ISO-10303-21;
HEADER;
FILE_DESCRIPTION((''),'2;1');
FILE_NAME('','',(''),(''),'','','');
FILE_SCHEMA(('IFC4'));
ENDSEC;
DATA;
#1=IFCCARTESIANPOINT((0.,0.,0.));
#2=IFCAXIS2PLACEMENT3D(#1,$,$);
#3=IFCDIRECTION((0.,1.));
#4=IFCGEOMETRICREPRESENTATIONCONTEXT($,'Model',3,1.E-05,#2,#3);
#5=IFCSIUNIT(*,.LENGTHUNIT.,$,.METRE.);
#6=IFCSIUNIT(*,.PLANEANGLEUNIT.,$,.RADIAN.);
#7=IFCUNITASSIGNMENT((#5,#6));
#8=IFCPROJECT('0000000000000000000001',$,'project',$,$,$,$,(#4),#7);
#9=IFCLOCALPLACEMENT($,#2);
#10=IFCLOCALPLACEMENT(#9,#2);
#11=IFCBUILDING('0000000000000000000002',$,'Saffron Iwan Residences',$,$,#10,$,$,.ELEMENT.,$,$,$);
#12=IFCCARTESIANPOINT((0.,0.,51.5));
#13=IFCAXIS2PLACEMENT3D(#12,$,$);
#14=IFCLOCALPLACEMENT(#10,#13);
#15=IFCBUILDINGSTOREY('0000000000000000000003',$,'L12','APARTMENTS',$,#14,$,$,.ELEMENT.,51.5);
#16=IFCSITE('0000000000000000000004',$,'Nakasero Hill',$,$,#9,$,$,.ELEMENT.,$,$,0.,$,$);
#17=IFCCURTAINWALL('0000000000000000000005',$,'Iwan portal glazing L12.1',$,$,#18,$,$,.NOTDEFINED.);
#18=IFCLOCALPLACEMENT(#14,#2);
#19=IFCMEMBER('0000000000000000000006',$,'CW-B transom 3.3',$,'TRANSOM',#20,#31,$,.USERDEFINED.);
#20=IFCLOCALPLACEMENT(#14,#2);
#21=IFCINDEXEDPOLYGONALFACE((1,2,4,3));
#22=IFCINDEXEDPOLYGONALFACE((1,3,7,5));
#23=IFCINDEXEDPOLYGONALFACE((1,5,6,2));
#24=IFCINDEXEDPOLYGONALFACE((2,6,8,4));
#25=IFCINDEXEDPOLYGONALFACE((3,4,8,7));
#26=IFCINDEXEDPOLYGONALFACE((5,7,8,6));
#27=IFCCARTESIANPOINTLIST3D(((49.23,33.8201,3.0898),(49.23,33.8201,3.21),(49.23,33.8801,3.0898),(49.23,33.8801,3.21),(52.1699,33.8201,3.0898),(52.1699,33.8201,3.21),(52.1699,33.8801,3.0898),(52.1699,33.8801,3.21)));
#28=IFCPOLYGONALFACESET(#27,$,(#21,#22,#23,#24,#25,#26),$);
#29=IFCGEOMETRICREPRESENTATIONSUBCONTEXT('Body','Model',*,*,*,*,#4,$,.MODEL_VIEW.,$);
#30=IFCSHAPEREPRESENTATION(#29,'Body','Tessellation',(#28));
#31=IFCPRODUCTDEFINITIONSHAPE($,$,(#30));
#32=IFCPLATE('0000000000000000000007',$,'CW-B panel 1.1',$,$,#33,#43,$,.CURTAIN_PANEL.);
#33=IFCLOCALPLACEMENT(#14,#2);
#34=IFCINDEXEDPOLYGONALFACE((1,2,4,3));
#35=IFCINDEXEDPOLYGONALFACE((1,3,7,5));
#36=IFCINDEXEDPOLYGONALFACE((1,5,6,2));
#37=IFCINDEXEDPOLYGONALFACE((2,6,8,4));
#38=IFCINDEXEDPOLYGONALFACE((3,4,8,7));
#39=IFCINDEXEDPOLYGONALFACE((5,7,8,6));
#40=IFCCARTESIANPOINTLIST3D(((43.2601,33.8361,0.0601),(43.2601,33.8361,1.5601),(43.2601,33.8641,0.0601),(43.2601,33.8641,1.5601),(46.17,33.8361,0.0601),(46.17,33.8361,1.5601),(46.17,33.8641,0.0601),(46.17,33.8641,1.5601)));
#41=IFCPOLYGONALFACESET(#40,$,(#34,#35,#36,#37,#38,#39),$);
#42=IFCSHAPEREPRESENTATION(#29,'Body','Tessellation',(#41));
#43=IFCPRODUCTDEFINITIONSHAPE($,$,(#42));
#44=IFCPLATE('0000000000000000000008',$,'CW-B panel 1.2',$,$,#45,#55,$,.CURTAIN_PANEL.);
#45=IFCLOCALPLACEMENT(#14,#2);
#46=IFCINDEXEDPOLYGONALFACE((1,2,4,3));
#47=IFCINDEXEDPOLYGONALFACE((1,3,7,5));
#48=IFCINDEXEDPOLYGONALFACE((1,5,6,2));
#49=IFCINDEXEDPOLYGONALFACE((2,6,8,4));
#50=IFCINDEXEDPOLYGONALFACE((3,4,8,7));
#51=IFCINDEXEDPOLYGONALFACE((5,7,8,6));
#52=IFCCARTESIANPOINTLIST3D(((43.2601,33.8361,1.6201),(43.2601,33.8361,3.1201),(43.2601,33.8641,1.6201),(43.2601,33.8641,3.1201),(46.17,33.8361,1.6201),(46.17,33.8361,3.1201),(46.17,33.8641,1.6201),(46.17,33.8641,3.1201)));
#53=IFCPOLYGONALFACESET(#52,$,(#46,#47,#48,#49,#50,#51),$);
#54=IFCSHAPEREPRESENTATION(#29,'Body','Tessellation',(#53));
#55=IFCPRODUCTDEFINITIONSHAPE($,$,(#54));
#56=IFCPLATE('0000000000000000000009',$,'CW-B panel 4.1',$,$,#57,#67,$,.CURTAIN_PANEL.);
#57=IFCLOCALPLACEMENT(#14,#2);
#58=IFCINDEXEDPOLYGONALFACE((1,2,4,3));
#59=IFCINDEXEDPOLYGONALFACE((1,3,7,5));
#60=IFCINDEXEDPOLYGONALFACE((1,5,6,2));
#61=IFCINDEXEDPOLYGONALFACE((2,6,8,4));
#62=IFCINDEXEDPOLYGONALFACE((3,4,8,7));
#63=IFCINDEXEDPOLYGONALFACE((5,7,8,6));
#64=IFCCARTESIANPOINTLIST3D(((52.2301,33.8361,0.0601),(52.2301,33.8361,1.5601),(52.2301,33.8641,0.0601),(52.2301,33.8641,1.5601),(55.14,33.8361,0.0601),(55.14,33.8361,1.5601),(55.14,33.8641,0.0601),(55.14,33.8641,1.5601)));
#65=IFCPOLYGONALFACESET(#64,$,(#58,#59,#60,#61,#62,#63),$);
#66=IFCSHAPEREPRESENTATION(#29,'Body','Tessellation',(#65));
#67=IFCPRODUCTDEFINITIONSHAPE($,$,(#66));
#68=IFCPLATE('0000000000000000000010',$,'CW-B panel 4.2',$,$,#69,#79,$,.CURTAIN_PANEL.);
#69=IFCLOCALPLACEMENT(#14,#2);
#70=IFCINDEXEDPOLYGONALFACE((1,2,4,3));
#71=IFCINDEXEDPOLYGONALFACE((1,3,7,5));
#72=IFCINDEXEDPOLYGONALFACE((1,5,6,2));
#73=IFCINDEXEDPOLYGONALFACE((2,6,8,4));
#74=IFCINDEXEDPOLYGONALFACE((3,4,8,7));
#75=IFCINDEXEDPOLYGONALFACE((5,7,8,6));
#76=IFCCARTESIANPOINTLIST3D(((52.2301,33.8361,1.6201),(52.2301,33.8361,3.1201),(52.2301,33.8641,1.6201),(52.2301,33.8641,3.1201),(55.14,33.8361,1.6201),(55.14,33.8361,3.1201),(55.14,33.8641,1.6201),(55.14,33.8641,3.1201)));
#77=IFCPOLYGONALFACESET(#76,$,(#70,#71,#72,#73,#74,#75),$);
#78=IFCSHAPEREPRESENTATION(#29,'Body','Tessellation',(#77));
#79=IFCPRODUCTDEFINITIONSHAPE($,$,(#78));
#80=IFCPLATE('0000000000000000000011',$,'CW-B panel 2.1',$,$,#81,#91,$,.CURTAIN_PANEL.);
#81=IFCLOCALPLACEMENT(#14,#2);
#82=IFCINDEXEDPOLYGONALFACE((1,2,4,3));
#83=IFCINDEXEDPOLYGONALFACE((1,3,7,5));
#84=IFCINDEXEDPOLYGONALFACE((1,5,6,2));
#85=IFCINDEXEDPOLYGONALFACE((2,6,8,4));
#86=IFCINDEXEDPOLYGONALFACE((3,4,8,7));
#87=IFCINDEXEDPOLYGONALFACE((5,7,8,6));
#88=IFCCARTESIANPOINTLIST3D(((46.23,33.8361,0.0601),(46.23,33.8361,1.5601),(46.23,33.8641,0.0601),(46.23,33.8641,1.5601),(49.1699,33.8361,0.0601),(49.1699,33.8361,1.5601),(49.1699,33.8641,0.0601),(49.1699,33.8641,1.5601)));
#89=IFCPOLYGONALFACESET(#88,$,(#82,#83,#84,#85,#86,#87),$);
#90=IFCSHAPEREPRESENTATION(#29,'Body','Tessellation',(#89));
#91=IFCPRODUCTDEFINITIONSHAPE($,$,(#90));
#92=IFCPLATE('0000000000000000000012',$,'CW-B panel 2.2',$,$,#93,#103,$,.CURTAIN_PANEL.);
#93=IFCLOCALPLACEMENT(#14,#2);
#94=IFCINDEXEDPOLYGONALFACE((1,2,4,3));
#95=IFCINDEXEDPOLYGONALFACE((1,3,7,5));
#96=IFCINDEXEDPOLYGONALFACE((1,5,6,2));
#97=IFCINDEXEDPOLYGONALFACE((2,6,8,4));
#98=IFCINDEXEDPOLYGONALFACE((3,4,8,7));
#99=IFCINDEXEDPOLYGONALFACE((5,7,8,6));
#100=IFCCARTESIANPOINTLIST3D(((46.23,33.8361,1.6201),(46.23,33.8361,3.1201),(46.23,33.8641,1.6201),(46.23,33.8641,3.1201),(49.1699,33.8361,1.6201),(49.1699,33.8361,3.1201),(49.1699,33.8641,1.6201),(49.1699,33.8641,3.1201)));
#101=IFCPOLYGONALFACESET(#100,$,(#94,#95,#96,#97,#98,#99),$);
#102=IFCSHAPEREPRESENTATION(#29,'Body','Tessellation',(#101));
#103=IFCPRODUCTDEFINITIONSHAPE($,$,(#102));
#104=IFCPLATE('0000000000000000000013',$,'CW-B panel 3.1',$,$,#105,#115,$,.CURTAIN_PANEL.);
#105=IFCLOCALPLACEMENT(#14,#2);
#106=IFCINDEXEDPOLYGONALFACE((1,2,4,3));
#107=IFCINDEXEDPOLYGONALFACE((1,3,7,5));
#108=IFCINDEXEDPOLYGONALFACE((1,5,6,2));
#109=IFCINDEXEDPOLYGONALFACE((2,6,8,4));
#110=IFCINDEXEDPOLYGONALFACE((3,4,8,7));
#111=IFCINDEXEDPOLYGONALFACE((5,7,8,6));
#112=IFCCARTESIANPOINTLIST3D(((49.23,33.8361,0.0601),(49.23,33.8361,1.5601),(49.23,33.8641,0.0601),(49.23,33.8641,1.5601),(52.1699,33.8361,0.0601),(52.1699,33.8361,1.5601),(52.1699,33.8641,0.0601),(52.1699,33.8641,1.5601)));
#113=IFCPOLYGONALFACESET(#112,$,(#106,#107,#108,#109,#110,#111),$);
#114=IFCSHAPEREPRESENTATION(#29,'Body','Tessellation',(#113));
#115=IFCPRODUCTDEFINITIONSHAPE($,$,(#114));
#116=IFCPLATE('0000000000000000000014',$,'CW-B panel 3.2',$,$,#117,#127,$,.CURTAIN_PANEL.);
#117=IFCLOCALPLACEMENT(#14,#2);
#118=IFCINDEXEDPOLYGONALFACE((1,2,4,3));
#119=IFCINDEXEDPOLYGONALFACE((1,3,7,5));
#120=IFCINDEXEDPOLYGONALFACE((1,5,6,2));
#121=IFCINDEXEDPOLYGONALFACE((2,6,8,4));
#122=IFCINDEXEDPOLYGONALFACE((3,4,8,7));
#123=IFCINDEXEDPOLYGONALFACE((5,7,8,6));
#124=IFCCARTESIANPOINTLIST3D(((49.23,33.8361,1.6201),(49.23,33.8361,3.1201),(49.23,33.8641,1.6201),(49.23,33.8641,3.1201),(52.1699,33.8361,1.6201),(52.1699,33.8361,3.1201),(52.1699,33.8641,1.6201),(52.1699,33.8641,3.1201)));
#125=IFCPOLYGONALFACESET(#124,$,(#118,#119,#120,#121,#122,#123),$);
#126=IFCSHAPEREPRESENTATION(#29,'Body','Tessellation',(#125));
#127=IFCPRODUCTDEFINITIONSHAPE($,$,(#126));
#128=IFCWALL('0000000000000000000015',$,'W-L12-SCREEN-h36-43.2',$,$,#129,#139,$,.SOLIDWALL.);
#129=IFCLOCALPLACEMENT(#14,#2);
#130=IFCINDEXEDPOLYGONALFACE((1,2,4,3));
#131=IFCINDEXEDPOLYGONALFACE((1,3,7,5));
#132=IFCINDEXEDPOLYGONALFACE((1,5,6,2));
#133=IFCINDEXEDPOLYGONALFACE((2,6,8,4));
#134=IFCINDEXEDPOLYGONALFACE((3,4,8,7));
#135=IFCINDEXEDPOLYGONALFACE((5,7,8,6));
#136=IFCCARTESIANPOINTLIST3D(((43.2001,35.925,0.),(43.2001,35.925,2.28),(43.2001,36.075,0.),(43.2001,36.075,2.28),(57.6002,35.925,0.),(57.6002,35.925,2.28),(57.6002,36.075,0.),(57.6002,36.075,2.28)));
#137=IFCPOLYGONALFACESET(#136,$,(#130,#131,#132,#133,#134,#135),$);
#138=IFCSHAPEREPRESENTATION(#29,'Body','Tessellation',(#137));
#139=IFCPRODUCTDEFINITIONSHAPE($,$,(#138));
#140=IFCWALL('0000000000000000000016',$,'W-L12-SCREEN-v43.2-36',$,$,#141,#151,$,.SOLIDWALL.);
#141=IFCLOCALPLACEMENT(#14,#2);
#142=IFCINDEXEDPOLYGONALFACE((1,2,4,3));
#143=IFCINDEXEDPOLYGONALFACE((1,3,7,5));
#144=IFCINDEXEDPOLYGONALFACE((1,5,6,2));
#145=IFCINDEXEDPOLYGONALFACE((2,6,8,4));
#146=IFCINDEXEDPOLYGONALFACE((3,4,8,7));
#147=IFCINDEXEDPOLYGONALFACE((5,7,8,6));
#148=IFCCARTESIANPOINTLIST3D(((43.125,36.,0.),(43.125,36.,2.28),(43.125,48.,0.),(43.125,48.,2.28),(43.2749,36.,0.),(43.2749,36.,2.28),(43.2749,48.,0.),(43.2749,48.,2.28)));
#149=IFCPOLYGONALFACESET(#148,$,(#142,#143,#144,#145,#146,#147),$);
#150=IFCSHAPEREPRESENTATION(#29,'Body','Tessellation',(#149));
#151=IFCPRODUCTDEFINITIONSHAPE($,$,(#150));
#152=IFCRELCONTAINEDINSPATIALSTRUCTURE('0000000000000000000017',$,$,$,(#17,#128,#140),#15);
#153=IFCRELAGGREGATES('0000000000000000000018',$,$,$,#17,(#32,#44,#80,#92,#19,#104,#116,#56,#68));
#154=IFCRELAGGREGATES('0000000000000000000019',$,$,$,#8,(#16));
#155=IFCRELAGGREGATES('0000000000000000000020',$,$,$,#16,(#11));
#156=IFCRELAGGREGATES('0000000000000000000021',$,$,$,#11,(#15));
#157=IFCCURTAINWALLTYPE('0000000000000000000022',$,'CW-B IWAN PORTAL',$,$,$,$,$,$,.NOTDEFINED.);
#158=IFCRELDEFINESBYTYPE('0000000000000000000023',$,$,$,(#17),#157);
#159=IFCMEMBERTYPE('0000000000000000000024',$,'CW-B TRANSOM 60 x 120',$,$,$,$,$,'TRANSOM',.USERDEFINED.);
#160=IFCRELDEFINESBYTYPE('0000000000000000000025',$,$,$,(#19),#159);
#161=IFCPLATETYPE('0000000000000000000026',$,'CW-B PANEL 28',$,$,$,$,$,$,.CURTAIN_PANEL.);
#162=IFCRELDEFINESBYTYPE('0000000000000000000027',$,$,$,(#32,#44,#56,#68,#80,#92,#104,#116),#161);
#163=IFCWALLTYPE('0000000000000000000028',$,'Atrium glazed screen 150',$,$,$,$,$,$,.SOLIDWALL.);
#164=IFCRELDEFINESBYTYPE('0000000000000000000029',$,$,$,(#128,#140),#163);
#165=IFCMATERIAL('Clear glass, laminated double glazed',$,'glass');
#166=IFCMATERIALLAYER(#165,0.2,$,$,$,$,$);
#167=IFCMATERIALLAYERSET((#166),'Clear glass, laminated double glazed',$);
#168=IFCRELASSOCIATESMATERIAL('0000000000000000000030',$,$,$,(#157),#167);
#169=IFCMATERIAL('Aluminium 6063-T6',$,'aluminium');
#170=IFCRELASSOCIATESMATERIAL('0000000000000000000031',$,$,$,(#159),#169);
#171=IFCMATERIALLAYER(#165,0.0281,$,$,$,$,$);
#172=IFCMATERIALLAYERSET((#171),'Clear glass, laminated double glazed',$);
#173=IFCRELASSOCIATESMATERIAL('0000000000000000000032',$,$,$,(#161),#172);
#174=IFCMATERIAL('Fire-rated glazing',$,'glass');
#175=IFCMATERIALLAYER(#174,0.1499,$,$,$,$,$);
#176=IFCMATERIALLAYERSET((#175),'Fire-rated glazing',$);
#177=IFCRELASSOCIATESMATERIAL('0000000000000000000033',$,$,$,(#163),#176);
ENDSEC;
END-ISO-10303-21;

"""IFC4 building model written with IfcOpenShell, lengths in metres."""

from ifc_helpers import new_model, si_unit, direction, frame, frame_2d, origin, origin_2d, place, context, subcontext, project, spatial, rectangle, extrude, source, transform, mapped, material, layer, layer_set, material_profile, profile_set, type_object, element, aggregate, save


model = new_model("IFC4")

# Units and contexts
model_context = context("Model", 3, precision=1e-05, world=origin(), true_north=direction((0.0, 1.0)))
body_context = subcontext(model_context, "Body", "Model", "MODEL_VIEW")
ifc_project = project(units=[si_unit("LENGTHUNIT", "METRE"), si_unit("PLANEANGLEUNIT", "RADIAN")], contexts=[model_context])

# Site, building, storey
site_placement = place(None, origin())
site = spatial("IfcSite", under=ifc_project, at=site_placement, Name="Nakasero Hill", CompositionType="ELEMENT", RefElevation=0.0)
building_placement = place(site_placement, origin())
building = spatial("IfcBuilding", under=site, at=building_placement, Name="Saffron Iwan Residences", CompositionType="ELEMENT")
storey_placement = place(building_placement, frame((0.0, 0.0, 51.5)))
storey = spatial("IfcBuildingStorey", under=building, at=storey_placement, Name="L12", Description="APARTMENTS", CompositionType="ELEMENT", Elevation=51.5)

# Curtain wall, member, plates
ifc_material_1 = material(Name="Clear glass, laminated double glazed", Category="glass")
ifc_layer_1 = layer(ifc_material_1, 0.2)
ifc_layer_set_1 = layer_set([ifc_layer_1], Name="Clear glass, laminated double glazed")
curtain_wall_type = type_object("IfcCurtainWallType", Name="CW-B IWAN PORTAL", PredefinedType="NOTDEFINED", material=ifc_layer_set_1)
curtain_wall_placement = place(storey_placement, origin())
curtain_wall = element("IfcCurtainWall", 1, at=curtain_wall_placement, inside=storey, type_object=curtain_wall_type, Name="Iwan portal glazing L12.1", PredefinedType="NOTDEFINED")
ifc_material_2 = material(Name="Aluminium 6063-T6", Category="aluminium")
ifc_material_profile_1 = material_profile(ifc_material_2, rectangle(XDim=0.0601, YDim=0.1201, at=origin_2d()), Name="CW-B TRANSOM 60 x 120")
ifc_profile_set_1 = profile_set([ifc_material_profile_1], Name="Aluminium 6063-T6")
member_type_1 = type_object("IfcMemberType", Name="CW-B TRANSOM 60 x 120", ElementType="TRANSOM", PredefinedType="USERDEFINED", material=ifc_profile_set_1)
shared_shape_1 = source(origin(), body_context, "Body", "SweptSolid", [
    extrude(rectangle(XDim=0.0601, YDim=0.1201, at=origin_2d()), origin(), (0.0, 0.0, 1.0), 2.9399),
])
member_1_placement = place(storey_placement, frame((49.23, 33.8501, 3.1499), z_axis=(1.0, 0.0, 0.0), x_axis=(0.0, 1.0, 0.0)))
member_1 = element("IfcMember", 2, at=member_1_placement, type_object=member_type_1, Name="CW-B transom 3.3", ObjectType="TRANSOM", PredefinedType="USERDEFINED", context=body_context, shape_type="MappedRepresentation", body=[
    mapped(shared_shape_1, transform((0.0, 0.0, 0.0))),
])
ifc_layer_2 = layer(ifc_material_1, 0.0281)
ifc_layer_set_2 = layer_set([ifc_layer_2], Name="Clear glass, laminated double glazed")
plate_type = type_object("IfcPlateType", Name="CW-B PANEL 28", PredefinedType="CURTAIN_PANEL", material=ifc_layer_set_2)
shared_shape_2 = source(origin(), body_context, "Body", "SweptSolid", [
    extrude(rectangle(XDim=2.9099, YDim=0.0281, at=origin_2d()), origin(), (0.0, 0.0, 1.0), 1.5),
])
plate_1_placement = place(storey_placement, frame((44.7151, 33.8501, 0.0601), z_axis=(0.0, 0.0, 1.0), x_axis=(1.0, 0.0, 0.0)))
plate_1 = element("IfcPlate", 3, at=plate_1_placement, type_object=plate_type, Name="CW-B panel 1.1", PredefinedType="CURTAIN_PANEL", context=body_context, shape_type="MappedRepresentation", body=[
    mapped(shared_shape_2, transform((0.0, 0.0, 0.0))),
])
plate_2_placement = place(storey_placement, frame((44.7151, 33.8501, 1.6201), z_axis=(0.0, 0.0, 1.0), x_axis=(1.0, 0.0, 0.0)))
plate_2 = element("IfcPlate", 4, at=plate_2_placement, type_object=plate_type, Name="CW-B panel 1.2", PredefinedType="CURTAIN_PANEL", context=body_context, shape_type="MappedRepresentation", body=[
    mapped(shared_shape_2, transform((0.0, 0.0, 0.0))),
])
plate_3_placement = place(storey_placement, frame((53.6851, 33.8501, 0.0601), z_axis=(0.0, 0.0, 1.0), x_axis=(1.0, 0.0, 0.0)))
plate_3 = element("IfcPlate", 5, at=plate_3_placement, type_object=plate_type, Name="CW-B panel 4.1", PredefinedType="CURTAIN_PANEL", context=body_context, shape_type="MappedRepresentation", body=[
    mapped(shared_shape_2, transform((0.0, 0.0, 0.0))),
])
plate_4_placement = place(storey_placement, frame((53.6851, 33.8501, 1.6201), z_axis=(0.0, 0.0, 1.0), x_axis=(1.0, 0.0, 0.0)))
plate_4 = element("IfcPlate", 6, at=plate_4_placement, type_object=plate_type, Name="CW-B panel 4.2", PredefinedType="CURTAIN_PANEL", context=body_context, shape_type="MappedRepresentation", body=[
    mapped(shared_shape_2, transform((0.0, 0.0, 0.0))),
])
shared_shape_3 = source(origin(), body_context, "Body", "SweptSolid", [
    extrude(rectangle(XDim=2.9399, YDim=0.0281, at=origin_2d()), origin(), (0.0, 0.0, 1.0), 1.5),
])
plate_5_placement = place(storey_placement, frame((47.7, 33.8501, 0.0601), z_axis=(0.0, 0.0, 1.0), x_axis=(1.0, 0.0, 0.0)))
plate_5 = element("IfcPlate", 7, at=plate_5_placement, type_object=plate_type, Name="CW-B panel 2.1", PredefinedType="CURTAIN_PANEL", context=body_context, shape_type="MappedRepresentation", body=[
    mapped(shared_shape_3, transform((0.0, 0.0, 0.0))),
])
plate_6_placement = place(storey_placement, frame((47.7, 33.8501, 1.6201), z_axis=(0.0, 0.0, 1.0), x_axis=(1.0, 0.0, 0.0)))
plate_6 = element("IfcPlate", 8, at=plate_6_placement, type_object=plate_type, Name="CW-B panel 2.2", PredefinedType="CURTAIN_PANEL", context=body_context, shape_type="MappedRepresentation", body=[
    mapped(shared_shape_3, transform((0.0, 0.0, 0.0))),
])
plate_7_placement = place(storey_placement, frame((50.7, 33.8501, 0.0601), z_axis=(0.0, 0.0, 1.0), x_axis=(1.0, 0.0, 0.0)))
plate_7 = element("IfcPlate", 9, at=plate_7_placement, type_object=plate_type, Name="CW-B panel 3.1", PredefinedType="CURTAIN_PANEL", context=body_context, shape_type="MappedRepresentation", body=[
    mapped(shared_shape_3, transform((0.0, 0.0, 0.0))),
])
plate_8_placement = place(storey_placement, frame((50.7, 33.8501, 1.6201), z_axis=(0.0, 0.0, 1.0), x_axis=(1.0, 0.0, 0.0)))
plate_8 = element("IfcPlate", 10, at=plate_8_placement, type_object=plate_type, Name="CW-B panel 3.2", PredefinedType="CURTAIN_PANEL", context=body_context, shape_type="MappedRepresentation", body=[
    mapped(shared_shape_3, transform((0.0, 0.0, 0.0))),
])
aggregate(curtain_wall, [plate_1, plate_2, plate_5, plate_6, member_1, plate_7, plate_8, plate_3, plate_4])

# Walls
ifc_material_3 = material(Name="Fire-rated glazing", Category="glass")
ifc_layer_3 = layer(ifc_material_3, 0.1499)
ifc_layer_set_3 = layer_set([ifc_layer_3], Name="Fire-rated glazing")
wall_type = type_object("IfcWallType", Name="Atrium glazed screen 150", PredefinedType="SOLIDWALL", material=ifc_layer_set_3)
wall_1_placement = place(storey_placement, frame((43.2, 36.0, 0.0), z_axis=(0.0, 0.0, 1.0), x_axis=(1.0, 0.0, 0.0)))
element("IfcWall", 11, at=wall_1_placement, inside=storey, type_object=wall_type, Name="W-L12-SCREEN-h36-43.2", PredefinedType="SOLIDWALL", context=body_context, shape_type="SweptSolid", body=[
    extrude(rectangle(XDim=14.4001, YDim=0.1499, at=frame_2d((7.2002, 0.0))), origin(), (0.0, 0.0, 1.0), 2.28),
])
wall_2_placement = place(storey_placement, frame((43.2, 36.0, 0.0), z_axis=(0.0, 0.0, 1.0), x_axis=(0.0, 1.0, 0.0)))
element("IfcWall", 12, at=wall_2_placement, inside=storey, type_object=wall_type, Name="W-L12-SCREEN-v43.2-36", PredefinedType="SOLIDWALL", context=body_context, shape_type="SweptSolid", body=[
    extrude(rectangle(XDim=12.0, YDim=0.1499, at=frame_2d((6.0, 0.0))), origin(), (0.0, 0.0, 1.0), 2.28),
])

save(model, "model.ifc")
